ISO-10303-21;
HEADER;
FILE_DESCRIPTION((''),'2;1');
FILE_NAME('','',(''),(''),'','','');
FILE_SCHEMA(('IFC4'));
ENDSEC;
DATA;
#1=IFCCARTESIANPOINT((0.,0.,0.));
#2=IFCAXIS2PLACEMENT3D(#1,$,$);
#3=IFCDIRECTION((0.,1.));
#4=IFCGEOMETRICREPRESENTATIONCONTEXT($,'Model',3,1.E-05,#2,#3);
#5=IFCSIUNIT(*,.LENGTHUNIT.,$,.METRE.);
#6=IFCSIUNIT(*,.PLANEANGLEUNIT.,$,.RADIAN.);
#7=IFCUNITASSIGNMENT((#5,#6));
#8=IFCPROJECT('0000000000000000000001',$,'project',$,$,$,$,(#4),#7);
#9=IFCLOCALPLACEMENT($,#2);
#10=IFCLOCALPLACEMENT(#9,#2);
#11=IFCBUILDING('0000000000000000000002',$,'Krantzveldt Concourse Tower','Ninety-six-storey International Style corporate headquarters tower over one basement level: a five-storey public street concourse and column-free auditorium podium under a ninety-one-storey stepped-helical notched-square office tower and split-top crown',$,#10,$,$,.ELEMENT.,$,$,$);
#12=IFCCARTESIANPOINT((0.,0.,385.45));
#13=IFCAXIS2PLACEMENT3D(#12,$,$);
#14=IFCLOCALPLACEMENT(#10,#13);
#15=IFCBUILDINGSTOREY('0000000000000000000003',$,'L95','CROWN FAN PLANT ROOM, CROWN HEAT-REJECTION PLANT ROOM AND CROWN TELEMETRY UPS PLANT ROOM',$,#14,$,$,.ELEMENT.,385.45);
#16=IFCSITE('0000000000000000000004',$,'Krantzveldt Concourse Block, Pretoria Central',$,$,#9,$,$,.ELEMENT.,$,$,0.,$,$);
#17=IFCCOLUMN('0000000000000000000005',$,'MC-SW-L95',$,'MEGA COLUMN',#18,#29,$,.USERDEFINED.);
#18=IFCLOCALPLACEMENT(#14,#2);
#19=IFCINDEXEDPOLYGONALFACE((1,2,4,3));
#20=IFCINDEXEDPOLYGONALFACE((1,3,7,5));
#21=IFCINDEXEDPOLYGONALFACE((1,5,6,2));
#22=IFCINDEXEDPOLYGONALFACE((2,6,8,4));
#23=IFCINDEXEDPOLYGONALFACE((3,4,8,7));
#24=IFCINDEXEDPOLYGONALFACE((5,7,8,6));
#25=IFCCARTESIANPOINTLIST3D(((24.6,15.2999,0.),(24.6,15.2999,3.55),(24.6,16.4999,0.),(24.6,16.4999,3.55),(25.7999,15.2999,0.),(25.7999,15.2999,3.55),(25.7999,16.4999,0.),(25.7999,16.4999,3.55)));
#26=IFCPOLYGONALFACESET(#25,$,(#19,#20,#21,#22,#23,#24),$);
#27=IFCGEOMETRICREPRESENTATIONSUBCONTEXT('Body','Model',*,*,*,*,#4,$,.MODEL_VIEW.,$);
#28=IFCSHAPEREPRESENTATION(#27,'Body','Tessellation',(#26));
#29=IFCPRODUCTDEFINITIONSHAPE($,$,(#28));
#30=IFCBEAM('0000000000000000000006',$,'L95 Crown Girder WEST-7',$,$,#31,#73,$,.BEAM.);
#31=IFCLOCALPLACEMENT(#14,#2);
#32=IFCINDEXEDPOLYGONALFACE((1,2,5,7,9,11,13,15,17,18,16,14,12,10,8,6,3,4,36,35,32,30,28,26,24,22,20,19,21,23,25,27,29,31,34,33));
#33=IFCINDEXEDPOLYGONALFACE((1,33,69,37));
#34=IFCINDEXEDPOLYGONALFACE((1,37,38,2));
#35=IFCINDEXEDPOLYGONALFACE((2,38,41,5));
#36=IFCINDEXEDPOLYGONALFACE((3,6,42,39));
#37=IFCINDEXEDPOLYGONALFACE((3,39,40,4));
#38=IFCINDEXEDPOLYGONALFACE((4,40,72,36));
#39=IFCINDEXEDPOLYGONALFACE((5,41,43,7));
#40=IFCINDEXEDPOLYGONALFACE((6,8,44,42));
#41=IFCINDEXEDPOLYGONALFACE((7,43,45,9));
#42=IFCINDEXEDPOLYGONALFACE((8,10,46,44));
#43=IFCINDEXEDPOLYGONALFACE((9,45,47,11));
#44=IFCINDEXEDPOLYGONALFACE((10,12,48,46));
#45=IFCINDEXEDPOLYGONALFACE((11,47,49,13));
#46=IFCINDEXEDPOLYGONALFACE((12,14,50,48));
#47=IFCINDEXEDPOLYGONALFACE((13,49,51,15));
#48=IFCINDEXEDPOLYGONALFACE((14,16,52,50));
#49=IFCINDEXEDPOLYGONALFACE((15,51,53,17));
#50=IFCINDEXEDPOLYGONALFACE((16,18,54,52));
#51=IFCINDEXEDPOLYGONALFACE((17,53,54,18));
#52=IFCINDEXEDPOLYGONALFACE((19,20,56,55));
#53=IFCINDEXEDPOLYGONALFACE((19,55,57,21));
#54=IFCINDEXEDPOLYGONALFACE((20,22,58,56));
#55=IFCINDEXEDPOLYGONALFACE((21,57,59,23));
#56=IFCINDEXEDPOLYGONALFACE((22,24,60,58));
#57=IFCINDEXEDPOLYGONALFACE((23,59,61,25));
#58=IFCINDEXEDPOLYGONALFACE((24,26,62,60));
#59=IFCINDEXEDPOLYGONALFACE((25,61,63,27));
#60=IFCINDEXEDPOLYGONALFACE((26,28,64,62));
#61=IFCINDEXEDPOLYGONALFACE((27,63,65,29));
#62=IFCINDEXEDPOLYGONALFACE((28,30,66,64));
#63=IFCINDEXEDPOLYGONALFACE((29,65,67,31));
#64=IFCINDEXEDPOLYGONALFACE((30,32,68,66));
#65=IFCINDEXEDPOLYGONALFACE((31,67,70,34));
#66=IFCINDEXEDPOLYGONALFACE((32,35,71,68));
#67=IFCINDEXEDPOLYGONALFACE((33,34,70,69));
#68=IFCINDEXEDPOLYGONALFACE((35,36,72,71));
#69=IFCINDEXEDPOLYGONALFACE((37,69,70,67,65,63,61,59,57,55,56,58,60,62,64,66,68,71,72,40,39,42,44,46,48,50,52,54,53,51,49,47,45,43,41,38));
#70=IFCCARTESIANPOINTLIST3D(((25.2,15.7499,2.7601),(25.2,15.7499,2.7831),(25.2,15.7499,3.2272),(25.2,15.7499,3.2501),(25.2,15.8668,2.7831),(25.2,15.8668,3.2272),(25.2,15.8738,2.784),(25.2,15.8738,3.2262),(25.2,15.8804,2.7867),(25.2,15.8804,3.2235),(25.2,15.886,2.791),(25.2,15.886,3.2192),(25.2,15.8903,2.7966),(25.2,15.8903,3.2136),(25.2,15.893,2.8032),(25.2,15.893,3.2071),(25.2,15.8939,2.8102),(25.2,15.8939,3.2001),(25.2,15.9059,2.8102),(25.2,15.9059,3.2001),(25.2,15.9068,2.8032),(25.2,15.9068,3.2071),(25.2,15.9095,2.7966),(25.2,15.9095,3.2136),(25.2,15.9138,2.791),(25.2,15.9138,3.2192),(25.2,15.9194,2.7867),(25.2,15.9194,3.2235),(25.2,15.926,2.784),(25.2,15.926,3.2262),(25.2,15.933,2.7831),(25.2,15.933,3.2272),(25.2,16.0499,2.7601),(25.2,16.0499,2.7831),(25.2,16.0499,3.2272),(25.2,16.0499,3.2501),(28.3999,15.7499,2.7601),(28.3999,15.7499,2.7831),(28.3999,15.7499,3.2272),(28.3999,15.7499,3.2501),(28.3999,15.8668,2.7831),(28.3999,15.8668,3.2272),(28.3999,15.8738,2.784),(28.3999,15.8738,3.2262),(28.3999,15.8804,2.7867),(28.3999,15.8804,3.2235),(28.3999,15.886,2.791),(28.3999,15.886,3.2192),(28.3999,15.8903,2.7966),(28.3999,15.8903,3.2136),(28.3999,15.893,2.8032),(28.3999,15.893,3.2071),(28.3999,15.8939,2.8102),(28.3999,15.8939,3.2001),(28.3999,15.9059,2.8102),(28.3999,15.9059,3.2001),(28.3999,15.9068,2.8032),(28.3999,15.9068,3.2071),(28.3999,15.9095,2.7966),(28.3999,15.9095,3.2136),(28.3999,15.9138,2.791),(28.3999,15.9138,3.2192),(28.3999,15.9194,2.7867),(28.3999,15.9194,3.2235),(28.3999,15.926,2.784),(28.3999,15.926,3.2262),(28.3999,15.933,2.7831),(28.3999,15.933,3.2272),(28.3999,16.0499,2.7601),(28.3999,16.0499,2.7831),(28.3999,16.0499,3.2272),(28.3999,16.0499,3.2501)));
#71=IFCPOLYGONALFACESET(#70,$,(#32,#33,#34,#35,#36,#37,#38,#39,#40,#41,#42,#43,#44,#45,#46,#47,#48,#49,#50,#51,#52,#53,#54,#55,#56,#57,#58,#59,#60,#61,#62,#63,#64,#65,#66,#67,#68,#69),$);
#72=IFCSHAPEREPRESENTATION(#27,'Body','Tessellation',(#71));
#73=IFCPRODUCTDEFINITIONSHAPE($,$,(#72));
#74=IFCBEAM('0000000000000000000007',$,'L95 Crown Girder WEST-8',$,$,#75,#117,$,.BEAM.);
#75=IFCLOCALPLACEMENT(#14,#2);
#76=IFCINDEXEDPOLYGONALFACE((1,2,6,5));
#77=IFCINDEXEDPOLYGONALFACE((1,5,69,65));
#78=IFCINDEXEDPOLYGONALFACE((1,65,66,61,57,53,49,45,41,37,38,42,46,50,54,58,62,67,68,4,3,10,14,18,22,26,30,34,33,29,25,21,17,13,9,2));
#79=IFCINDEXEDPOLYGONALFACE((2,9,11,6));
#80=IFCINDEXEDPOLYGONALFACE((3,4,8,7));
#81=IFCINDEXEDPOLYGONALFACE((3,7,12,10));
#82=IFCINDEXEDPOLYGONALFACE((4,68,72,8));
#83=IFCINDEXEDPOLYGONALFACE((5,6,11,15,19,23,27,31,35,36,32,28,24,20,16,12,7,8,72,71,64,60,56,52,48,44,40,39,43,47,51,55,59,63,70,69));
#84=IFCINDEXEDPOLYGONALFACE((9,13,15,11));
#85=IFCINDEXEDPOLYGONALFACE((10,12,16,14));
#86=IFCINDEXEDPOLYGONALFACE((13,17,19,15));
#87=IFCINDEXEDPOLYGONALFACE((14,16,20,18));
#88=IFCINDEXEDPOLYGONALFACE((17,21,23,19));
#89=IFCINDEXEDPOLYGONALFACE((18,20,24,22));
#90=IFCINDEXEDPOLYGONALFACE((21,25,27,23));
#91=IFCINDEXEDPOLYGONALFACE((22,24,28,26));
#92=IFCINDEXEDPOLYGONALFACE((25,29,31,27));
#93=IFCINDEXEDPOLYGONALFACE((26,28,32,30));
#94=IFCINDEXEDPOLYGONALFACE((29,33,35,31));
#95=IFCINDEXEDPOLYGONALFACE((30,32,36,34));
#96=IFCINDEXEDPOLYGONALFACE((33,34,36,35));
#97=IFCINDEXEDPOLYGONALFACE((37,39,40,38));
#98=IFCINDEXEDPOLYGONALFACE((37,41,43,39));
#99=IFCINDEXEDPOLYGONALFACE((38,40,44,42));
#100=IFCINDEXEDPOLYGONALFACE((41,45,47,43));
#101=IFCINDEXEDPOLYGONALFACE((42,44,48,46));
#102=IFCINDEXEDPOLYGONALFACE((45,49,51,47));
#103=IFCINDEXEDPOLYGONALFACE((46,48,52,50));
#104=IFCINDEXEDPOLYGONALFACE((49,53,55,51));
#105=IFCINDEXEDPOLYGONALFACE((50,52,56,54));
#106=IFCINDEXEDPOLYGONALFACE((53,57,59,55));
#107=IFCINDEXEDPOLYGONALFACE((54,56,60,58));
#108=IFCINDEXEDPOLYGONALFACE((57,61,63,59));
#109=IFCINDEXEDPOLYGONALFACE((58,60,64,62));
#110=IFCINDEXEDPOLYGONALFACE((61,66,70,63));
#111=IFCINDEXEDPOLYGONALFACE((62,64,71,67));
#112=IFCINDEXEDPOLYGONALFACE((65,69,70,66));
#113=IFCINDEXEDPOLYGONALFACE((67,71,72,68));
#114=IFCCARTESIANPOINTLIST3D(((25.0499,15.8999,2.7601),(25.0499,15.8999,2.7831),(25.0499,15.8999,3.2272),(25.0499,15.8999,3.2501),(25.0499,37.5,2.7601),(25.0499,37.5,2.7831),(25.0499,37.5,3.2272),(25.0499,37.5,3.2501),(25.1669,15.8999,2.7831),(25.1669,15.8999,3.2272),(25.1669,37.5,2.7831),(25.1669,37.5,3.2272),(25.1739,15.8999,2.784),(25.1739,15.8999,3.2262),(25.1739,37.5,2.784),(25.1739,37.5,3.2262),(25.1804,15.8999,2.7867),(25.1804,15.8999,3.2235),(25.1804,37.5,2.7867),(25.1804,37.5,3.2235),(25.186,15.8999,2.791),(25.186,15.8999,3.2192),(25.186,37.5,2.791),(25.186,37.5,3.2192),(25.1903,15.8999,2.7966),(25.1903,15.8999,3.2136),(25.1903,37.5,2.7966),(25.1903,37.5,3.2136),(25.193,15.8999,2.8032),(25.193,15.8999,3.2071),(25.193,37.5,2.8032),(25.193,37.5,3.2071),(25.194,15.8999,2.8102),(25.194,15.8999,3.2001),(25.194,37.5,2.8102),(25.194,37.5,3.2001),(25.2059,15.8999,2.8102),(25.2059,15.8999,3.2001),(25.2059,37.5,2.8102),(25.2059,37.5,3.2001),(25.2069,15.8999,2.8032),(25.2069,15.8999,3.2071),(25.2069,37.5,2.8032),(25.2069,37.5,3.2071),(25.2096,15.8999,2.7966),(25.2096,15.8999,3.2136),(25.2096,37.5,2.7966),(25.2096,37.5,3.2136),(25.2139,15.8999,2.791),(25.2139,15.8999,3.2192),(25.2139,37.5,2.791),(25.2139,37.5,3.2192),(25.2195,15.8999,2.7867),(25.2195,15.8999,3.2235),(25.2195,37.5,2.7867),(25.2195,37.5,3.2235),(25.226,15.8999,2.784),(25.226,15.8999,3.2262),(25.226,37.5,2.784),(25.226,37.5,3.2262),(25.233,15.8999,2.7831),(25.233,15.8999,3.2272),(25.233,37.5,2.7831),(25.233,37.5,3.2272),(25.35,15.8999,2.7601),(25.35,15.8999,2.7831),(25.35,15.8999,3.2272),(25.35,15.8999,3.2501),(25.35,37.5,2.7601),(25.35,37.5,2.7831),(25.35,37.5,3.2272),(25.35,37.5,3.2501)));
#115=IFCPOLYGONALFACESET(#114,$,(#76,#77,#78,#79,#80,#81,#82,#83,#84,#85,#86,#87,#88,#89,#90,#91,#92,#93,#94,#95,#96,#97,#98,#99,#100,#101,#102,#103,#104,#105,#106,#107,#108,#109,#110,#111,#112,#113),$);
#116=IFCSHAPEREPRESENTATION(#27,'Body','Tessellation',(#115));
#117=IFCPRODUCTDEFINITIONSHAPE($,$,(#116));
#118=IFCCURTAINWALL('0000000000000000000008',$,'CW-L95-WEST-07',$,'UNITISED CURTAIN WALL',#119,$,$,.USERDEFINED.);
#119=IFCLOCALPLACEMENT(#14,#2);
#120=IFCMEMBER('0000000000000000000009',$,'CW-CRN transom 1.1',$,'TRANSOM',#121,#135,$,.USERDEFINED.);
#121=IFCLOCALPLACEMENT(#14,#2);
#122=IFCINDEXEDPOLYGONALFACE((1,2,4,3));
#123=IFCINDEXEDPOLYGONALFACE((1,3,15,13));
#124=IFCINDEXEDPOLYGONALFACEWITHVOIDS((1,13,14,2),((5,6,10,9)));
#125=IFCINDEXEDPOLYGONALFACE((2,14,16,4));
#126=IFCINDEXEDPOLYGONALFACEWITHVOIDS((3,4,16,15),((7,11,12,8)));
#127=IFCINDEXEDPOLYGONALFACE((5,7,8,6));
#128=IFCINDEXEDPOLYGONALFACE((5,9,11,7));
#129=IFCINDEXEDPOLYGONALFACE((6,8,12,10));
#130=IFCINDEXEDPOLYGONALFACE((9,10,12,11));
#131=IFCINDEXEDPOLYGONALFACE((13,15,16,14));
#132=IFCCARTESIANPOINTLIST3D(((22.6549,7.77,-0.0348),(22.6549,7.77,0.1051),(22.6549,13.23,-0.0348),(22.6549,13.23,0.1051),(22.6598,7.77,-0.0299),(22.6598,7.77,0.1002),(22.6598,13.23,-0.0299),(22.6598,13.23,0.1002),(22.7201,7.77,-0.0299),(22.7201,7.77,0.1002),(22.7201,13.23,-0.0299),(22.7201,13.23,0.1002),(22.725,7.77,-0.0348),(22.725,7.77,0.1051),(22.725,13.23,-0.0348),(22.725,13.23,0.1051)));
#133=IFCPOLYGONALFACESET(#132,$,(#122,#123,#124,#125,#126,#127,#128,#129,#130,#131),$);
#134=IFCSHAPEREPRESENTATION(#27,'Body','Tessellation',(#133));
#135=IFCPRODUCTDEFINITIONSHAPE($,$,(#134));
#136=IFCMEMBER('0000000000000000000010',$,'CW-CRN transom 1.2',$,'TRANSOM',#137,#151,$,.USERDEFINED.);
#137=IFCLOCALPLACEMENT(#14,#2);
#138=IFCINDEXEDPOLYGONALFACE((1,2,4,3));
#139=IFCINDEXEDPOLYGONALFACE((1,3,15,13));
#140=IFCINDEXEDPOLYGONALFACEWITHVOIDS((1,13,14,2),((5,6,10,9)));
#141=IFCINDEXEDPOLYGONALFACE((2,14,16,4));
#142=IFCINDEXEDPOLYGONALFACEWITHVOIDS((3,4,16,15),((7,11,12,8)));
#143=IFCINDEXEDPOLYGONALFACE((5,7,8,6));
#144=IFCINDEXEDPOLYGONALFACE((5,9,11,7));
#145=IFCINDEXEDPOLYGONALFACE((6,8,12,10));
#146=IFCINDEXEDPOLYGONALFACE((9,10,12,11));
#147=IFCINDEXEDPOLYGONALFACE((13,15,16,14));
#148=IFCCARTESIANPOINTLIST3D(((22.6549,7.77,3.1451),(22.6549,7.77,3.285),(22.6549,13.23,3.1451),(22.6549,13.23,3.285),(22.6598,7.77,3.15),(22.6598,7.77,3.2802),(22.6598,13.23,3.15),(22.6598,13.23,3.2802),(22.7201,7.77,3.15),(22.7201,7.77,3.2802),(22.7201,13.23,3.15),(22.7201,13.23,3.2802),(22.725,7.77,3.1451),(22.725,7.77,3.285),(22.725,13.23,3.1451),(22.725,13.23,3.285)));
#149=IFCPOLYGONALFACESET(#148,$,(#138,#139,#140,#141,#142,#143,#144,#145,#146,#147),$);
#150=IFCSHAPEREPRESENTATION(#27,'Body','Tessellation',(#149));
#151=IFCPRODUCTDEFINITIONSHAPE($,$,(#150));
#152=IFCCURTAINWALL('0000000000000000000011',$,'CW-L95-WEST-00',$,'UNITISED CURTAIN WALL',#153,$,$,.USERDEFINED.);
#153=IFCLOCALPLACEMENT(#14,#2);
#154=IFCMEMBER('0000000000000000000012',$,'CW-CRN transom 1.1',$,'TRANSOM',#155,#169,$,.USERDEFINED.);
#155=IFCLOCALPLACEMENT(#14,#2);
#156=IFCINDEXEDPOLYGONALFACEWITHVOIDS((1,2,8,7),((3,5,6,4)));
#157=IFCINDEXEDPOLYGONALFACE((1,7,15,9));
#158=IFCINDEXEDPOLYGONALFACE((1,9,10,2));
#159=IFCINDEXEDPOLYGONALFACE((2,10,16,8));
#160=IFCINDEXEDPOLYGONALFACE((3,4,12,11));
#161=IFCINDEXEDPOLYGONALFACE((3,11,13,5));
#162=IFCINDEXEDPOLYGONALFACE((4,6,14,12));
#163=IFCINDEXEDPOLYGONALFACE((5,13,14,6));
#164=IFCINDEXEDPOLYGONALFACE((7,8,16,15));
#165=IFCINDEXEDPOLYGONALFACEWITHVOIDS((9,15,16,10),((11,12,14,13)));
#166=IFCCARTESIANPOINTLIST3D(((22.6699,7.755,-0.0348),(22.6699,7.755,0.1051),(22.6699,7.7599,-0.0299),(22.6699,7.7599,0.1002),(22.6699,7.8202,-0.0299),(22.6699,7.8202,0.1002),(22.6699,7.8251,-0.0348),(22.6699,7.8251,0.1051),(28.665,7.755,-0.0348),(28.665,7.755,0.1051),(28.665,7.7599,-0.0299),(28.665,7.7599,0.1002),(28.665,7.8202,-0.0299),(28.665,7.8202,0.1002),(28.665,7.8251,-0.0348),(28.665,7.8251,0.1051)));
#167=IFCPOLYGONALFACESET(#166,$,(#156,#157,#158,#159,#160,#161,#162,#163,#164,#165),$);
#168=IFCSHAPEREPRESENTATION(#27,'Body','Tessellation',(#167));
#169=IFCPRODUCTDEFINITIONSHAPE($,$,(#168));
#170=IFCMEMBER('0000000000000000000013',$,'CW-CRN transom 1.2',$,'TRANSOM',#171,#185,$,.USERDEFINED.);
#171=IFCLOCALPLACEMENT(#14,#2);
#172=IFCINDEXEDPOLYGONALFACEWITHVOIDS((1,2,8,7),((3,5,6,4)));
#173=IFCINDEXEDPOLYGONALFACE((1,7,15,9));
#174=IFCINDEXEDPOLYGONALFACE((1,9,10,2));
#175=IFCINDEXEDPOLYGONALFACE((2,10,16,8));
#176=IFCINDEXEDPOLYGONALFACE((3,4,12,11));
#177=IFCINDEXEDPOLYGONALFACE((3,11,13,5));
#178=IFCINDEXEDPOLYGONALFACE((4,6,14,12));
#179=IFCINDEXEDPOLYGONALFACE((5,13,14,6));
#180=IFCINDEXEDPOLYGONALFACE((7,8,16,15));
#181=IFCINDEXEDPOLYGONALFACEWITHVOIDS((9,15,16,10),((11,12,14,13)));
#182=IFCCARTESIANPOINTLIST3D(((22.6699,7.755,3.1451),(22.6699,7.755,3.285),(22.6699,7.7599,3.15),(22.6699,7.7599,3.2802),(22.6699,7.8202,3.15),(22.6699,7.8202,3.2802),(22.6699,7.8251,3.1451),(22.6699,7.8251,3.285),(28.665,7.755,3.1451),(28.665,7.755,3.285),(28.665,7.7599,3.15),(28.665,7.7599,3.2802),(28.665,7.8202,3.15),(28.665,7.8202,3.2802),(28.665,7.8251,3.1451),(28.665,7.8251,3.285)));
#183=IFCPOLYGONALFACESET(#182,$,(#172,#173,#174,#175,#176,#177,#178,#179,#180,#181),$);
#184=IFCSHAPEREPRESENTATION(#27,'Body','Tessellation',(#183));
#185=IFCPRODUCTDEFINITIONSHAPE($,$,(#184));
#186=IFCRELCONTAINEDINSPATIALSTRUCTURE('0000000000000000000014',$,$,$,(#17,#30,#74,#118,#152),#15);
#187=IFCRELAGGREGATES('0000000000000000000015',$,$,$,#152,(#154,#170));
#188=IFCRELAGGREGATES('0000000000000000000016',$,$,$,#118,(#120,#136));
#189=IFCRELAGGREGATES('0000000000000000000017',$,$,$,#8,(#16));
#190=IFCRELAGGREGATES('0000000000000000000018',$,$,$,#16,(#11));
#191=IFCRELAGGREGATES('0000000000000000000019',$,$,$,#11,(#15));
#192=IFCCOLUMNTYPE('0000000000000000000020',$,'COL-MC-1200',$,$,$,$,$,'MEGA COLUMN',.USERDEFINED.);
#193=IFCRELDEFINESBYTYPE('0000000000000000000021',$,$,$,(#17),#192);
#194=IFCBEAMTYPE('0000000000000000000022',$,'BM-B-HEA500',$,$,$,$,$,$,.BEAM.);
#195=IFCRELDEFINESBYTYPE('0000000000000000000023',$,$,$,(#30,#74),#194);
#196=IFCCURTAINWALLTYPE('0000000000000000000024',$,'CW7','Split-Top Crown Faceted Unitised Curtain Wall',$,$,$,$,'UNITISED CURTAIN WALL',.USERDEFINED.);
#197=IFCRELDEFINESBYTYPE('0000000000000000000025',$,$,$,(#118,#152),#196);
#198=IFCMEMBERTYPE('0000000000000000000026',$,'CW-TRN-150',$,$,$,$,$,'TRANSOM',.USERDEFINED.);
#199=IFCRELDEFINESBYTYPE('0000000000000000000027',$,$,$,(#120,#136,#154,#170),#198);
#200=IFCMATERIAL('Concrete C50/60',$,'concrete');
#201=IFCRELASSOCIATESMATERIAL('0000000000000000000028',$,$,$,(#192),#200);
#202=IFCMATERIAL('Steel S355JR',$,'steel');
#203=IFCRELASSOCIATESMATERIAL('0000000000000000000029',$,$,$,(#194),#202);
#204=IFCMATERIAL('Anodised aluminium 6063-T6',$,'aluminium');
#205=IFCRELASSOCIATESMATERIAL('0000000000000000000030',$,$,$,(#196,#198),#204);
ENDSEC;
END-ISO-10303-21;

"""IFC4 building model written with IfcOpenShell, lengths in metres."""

from ifc_helpers import new_model, si_unit, direction, frame, origin, origin_2d, place, context, subcontext, project, spatial, rectangle, hollow_rectangle, i_section, extrude, source, transform, mapped, material, material_profile, profile_set, type_object, type_shapes, element, aggregate, save


model = new_model("IFC4")

# Units and contexts
model_context = context("Model", 3, precision=1e-05, world=origin(), true_north=direction((0.0, 1.0)))
body_context = subcontext(model_context, "Body", "Model", "MODEL_VIEW")
ifc_project = project(units=[si_unit("LENGTHUNIT", "METRE"), si_unit("PLANEANGLEUNIT", "RADIAN")], contexts=[model_context])

# Site, building, storey
site_placement = place(None, origin())
site = spatial("IfcSite", under=ifc_project, at=site_placement, Name="Krantzveldt Concourse Block, Pretoria Central", CompositionType="ELEMENT", RefElevation=0.0)
building_placement = place(site_placement, origin())
building = spatial("IfcBuilding", under=site, at=building_placement, Name="Krantzveldt Concourse Tower", Description="Ninety-six-storey International Style corporate headquarters tower over one basement level: a five-storey public street concourse and column-free auditorium podium under a ninety-one-storey stepped-helical notched-square office tower and split-top crown", CompositionType="ELEMENT")
storey_placement = place(building_placement, frame((0.0, 0.0, 385.45)))
storey = spatial("IfcBuildingStorey", under=building, at=storey_placement, Name="L95", Description="CROWN FAN PLANT ROOM, CROWN HEAT-REJECTION PLANT ROOM AND CROWN TELEMETRY UPS PLANT ROOM", CompositionType="ELEMENT", Elevation=385.45)

# Column
ifc_material_1 = material(Name="Concrete C50/60", Category="concrete")
ifc_material_profile_1 = material_profile(ifc_material_1, rectangle(XDim=1.2, YDim=1.2, at=origin_2d()), Name="Concrete C50/60", Category="concrete")
ifc_profile_set_1 = profile_set([ifc_material_profile_1], Name="Concrete C50/60 - RC 1200x1200")
column_type = type_object("IfcColumnType", Name="COL-MC-1200", ElementType="MEGA COLUMN", PredefinedType="USERDEFINED", material=ifc_profile_set_1)
shared_shape_1 = source(origin(), body_context, "Body", "SweptSolid", [
    extrude(rectangle(XDim=1.2, YDim=1.2, at=origin_2d()), origin(), (0.0, 0.0, 1.0), 3.55),
])
type_shapes(column_type, [shared_shape_1])
column_placement = place(storey_placement, frame((25.2, 15.8999, 0.0), z_axis=(0.0, 0.0, 1.0), x_axis=(1.0, 0.0, 0.0)))
element("IfcColumn", 1, at=column_placement, inside=storey, type_object=column_type, Name="MC-SW-L95", ObjectType="MEGA COLUMN", PredefinedType="USERDEFINED", context=body_context, shape_type="MappedRepresentation", body=[
    mapped(shared_shape_1, transform((0.0, 0.0, 0.0), x_axis=(1.0, 0.0, 0.0), y_axis=(0.0, 1.0, 0.0), z_axis=(0.0, 0.0, 1.0), scale=1.0)),
])

# Beams
ifc_material_2 = material(Name="Steel S355JR", Category="steel")
ifc_material_profile_2 = material_profile(ifc_material_2, i_section(OverallWidth=0.3, OverallDepth=0.49, WebThickness=0.012, FlangeThickness=0.0229, FilletRadius=0.0271, at=origin_2d()), Name="Steel S355JR", Category="steel")
ifc_profile_set_2 = profile_set([ifc_material_profile_2], Name="Steel S355JR - HEA 500")
beam_type = type_object("IfcBeamType", Name="BM-B-HEA500", PredefinedType="BEAM", material=ifc_profile_set_2)
shared_shape_2 = source(origin(), body_context, "Body", "SweptSolid", [
    extrude(i_section(OverallWidth=0.3, OverallDepth=0.49, WebThickness=0.012, FlangeThickness=0.0229, FilletRadius=0.0271, at=origin_2d()), origin(), (0.0, 0.0, 1.0), 3.2),
])
beam_1_placement = place(storey_placement, frame((25.2, 15.8999, 3.0051), z_axis=(1.0, 0.0, 0.0), x_axis=(0.0, 1.0, 0.0)))
element("IfcBeam", 2, at=beam_1_placement, inside=storey, type_object=beam_type, Name="L95 Crown Girder WEST-7", PredefinedType="BEAM", context=body_context, shape_type="MappedRepresentation", body=[
    mapped(shared_shape_2, transform((0.0, 0.0, 0.0), x_axis=(1.0, 0.0, 0.0), y_axis=(0.0, 1.0, 0.0), z_axis=(0.0, 0.0, 1.0), scale=1.0)),
])
shared_shape_3 = source(origin(), body_context, "Body", "SweptSolid", [
    extrude(i_section(OverallWidth=0.3, OverallDepth=0.49, WebThickness=0.012, FlangeThickness=0.0229, FilletRadius=0.0271, at=origin_2d()), origin(), (0.0, 0.0, 1.0), 21.6001),
])
type_shapes(beam_type, [shared_shape_2, shared_shape_3])
beam_2_placement = place(storey_placement, frame((25.2, 15.8999, 3.0051), z_axis=(0.0, 1.0, 0.0), x_axis=(-1.0, 0.0, 0.0)))
element("IfcBeam", 3, at=beam_2_placement, inside=storey, type_object=beam_type, Name="L95 Crown Girder WEST-8", PredefinedType="BEAM", context=body_context, shape_type="MappedRepresentation", body=[
    mapped(shared_shape_3, transform((0.0, 0.0, 0.0), x_axis=(1.0, 0.0, 0.0), y_axis=(0.0, 1.0, 0.0), z_axis=(0.0, 0.0, 1.0), scale=1.0)),
])

# Curtain walls, members
ifc_material_3 = material(Name="Anodised aluminium 6063-T6", Category="aluminium")
curtain_wall_type = type_object("IfcCurtainWallType", Name="CW7", Description="Split-Top Crown Faceted Unitised Curtain Wall", ElementType="UNITISED CURTAIN WALL", PredefinedType="USERDEFINED", material=ifc_material_3)
curtain_wall_1_placement = place(storey_placement, origin())
curtain_wall_1 = element("IfcCurtainWall", 4, at=curtain_wall_1_placement, inside=storey, type_object=curtain_wall_type, Name="CW-L95-WEST-07", ObjectType="UNITISED CURTAIN WALL", PredefinedType="USERDEFINED")
ifc_material_profile_3 = material_profile(ifc_material_3, hollow_rectangle(XDim=0.0701, YDim=0.1399, WallThickness=0.0049, at=origin_2d()), Name="Anodised aluminium 6063-T6", Category="aluminium")
ifc_profile_set_3 = profile_set([ifc_material_profile_3], Name="Anodised aluminium 6063-T6 - ALU-TRAN 140x70x5")
member_type_1 = type_object("IfcMemberType", Name="CW-TRN-150", ElementType="TRANSOM", PredefinedType="USERDEFINED", material=ifc_profile_set_3)
shared_shape_4 = source(origin(), body_context, "Body", "SweptSolid", [
    extrude(hollow_rectangle(XDim=0.0701, YDim=0.1399, WallThickness=0.0049, at=origin_2d()), origin(), (0.0, 0.0, 1.0), 5.46),
])
member_1_placement = place(storey_placement, frame((22.6899, 13.23, 0.0352), z_axis=(0.0, -1.0, 0.0), x_axis=(1.0, 0.0, 0.0)))
member_1 = element("IfcMember", 5, at=member_1_placement, type_object=member_type_1, Name="CW-CRN transom 1.1", ObjectType="TRANSOM", PredefinedType="USERDEFINED", context=body_context, shape_type="MappedRepresentation", body=[
    mapped(shared_shape_4, transform((0.0, 0.0, 0.0), x_axis=(1.0, 0.0, 0.0), y_axis=(0.0, 1.0, 0.0), z_axis=(0.0, 0.0, 1.0), scale=1.0)),
])
member_2_placement = place(storey_placement, frame((22.6899, 13.23, 3.2151), z_axis=(0.0, -1.0, 0.0), x_axis=(1.0, 0.0, 0.0)))
member_2 = element("IfcMember", 6, at=member_2_placement, type_object=member_type_1, Name="CW-CRN transom 1.2", ObjectType="TRANSOM", PredefinedType="USERDEFINED", context=body_context, shape_type="MappedRepresentation", body=[
    mapped(shared_shape_4, transform((0.0, 0.0, 0.0), x_axis=(1.0, 0.0, 0.0), y_axis=(0.0, 1.0, 0.0), z_axis=(0.0, 0.0, 1.0), scale=1.0)),
])
curtain_wall_2_placement = place(storey_placement, origin())
curtain_wall_2 = element("IfcCurtainWall", 7, at=curtain_wall_2_placement, inside=storey, type_object=curtain_wall_type, Name="CW-L95-WEST-00", ObjectType="UNITISED CURTAIN WALL", PredefinedType="USERDEFINED")
shared_shape_5 = source(origin(), body_context, "Body", "SweptSolid", [
    extrude(hollow_rectangle(XDim=0.0701, YDim=0.1399, WallThickness=0.0049, at=origin_2d()), origin(), (0.0, 0.0, 1.0), 5.9951),
])
member_3_placement = place(storey_placement, frame((22.6699, 7.79, 0.0352), z_axis=(1.0, 0.0, 0.0), x_axis=(0.0, 1.0, 0.0)))
member_3 = element("IfcMember", 8, at=member_3_placement, type_object=member_type_1, Name="CW-CRN transom 1.1", ObjectType="TRANSOM", PredefinedType="USERDEFINED", context=body_context, shape_type="MappedRepresentation", body=[
    mapped(shared_shape_5, transform((0.0, 0.0, 0.0), x_axis=(1.0, 0.0, 0.0), y_axis=(0.0, 1.0, 0.0), z_axis=(0.0, 0.0, 1.0), scale=1.0)),
])
member_4_placement = place(storey_placement, frame((22.6699, 7.79, 3.2151), z_axis=(1.0, 0.0, 0.0), x_axis=(0.0, 1.0, 0.0)))
member_4 = element("IfcMember", 9, at=member_4_placement, type_object=member_type_1, Name="CW-CRN transom 1.2", ObjectType="TRANSOM", PredefinedType="USERDEFINED", context=body_context, shape_type="MappedRepresentation", body=[
    mapped(shared_shape_5, transform((0.0, 0.0, 0.0), x_axis=(1.0, 0.0, 0.0), y_axis=(0.0, 1.0, 0.0), z_axis=(0.0, 0.0, 1.0), scale=1.0)),
])

aggregate(curtain_wall_2, [member_3, member_4])
aggregate(curtain_wall_1, [member_1, member_2])

save(model, "model.ifc")
